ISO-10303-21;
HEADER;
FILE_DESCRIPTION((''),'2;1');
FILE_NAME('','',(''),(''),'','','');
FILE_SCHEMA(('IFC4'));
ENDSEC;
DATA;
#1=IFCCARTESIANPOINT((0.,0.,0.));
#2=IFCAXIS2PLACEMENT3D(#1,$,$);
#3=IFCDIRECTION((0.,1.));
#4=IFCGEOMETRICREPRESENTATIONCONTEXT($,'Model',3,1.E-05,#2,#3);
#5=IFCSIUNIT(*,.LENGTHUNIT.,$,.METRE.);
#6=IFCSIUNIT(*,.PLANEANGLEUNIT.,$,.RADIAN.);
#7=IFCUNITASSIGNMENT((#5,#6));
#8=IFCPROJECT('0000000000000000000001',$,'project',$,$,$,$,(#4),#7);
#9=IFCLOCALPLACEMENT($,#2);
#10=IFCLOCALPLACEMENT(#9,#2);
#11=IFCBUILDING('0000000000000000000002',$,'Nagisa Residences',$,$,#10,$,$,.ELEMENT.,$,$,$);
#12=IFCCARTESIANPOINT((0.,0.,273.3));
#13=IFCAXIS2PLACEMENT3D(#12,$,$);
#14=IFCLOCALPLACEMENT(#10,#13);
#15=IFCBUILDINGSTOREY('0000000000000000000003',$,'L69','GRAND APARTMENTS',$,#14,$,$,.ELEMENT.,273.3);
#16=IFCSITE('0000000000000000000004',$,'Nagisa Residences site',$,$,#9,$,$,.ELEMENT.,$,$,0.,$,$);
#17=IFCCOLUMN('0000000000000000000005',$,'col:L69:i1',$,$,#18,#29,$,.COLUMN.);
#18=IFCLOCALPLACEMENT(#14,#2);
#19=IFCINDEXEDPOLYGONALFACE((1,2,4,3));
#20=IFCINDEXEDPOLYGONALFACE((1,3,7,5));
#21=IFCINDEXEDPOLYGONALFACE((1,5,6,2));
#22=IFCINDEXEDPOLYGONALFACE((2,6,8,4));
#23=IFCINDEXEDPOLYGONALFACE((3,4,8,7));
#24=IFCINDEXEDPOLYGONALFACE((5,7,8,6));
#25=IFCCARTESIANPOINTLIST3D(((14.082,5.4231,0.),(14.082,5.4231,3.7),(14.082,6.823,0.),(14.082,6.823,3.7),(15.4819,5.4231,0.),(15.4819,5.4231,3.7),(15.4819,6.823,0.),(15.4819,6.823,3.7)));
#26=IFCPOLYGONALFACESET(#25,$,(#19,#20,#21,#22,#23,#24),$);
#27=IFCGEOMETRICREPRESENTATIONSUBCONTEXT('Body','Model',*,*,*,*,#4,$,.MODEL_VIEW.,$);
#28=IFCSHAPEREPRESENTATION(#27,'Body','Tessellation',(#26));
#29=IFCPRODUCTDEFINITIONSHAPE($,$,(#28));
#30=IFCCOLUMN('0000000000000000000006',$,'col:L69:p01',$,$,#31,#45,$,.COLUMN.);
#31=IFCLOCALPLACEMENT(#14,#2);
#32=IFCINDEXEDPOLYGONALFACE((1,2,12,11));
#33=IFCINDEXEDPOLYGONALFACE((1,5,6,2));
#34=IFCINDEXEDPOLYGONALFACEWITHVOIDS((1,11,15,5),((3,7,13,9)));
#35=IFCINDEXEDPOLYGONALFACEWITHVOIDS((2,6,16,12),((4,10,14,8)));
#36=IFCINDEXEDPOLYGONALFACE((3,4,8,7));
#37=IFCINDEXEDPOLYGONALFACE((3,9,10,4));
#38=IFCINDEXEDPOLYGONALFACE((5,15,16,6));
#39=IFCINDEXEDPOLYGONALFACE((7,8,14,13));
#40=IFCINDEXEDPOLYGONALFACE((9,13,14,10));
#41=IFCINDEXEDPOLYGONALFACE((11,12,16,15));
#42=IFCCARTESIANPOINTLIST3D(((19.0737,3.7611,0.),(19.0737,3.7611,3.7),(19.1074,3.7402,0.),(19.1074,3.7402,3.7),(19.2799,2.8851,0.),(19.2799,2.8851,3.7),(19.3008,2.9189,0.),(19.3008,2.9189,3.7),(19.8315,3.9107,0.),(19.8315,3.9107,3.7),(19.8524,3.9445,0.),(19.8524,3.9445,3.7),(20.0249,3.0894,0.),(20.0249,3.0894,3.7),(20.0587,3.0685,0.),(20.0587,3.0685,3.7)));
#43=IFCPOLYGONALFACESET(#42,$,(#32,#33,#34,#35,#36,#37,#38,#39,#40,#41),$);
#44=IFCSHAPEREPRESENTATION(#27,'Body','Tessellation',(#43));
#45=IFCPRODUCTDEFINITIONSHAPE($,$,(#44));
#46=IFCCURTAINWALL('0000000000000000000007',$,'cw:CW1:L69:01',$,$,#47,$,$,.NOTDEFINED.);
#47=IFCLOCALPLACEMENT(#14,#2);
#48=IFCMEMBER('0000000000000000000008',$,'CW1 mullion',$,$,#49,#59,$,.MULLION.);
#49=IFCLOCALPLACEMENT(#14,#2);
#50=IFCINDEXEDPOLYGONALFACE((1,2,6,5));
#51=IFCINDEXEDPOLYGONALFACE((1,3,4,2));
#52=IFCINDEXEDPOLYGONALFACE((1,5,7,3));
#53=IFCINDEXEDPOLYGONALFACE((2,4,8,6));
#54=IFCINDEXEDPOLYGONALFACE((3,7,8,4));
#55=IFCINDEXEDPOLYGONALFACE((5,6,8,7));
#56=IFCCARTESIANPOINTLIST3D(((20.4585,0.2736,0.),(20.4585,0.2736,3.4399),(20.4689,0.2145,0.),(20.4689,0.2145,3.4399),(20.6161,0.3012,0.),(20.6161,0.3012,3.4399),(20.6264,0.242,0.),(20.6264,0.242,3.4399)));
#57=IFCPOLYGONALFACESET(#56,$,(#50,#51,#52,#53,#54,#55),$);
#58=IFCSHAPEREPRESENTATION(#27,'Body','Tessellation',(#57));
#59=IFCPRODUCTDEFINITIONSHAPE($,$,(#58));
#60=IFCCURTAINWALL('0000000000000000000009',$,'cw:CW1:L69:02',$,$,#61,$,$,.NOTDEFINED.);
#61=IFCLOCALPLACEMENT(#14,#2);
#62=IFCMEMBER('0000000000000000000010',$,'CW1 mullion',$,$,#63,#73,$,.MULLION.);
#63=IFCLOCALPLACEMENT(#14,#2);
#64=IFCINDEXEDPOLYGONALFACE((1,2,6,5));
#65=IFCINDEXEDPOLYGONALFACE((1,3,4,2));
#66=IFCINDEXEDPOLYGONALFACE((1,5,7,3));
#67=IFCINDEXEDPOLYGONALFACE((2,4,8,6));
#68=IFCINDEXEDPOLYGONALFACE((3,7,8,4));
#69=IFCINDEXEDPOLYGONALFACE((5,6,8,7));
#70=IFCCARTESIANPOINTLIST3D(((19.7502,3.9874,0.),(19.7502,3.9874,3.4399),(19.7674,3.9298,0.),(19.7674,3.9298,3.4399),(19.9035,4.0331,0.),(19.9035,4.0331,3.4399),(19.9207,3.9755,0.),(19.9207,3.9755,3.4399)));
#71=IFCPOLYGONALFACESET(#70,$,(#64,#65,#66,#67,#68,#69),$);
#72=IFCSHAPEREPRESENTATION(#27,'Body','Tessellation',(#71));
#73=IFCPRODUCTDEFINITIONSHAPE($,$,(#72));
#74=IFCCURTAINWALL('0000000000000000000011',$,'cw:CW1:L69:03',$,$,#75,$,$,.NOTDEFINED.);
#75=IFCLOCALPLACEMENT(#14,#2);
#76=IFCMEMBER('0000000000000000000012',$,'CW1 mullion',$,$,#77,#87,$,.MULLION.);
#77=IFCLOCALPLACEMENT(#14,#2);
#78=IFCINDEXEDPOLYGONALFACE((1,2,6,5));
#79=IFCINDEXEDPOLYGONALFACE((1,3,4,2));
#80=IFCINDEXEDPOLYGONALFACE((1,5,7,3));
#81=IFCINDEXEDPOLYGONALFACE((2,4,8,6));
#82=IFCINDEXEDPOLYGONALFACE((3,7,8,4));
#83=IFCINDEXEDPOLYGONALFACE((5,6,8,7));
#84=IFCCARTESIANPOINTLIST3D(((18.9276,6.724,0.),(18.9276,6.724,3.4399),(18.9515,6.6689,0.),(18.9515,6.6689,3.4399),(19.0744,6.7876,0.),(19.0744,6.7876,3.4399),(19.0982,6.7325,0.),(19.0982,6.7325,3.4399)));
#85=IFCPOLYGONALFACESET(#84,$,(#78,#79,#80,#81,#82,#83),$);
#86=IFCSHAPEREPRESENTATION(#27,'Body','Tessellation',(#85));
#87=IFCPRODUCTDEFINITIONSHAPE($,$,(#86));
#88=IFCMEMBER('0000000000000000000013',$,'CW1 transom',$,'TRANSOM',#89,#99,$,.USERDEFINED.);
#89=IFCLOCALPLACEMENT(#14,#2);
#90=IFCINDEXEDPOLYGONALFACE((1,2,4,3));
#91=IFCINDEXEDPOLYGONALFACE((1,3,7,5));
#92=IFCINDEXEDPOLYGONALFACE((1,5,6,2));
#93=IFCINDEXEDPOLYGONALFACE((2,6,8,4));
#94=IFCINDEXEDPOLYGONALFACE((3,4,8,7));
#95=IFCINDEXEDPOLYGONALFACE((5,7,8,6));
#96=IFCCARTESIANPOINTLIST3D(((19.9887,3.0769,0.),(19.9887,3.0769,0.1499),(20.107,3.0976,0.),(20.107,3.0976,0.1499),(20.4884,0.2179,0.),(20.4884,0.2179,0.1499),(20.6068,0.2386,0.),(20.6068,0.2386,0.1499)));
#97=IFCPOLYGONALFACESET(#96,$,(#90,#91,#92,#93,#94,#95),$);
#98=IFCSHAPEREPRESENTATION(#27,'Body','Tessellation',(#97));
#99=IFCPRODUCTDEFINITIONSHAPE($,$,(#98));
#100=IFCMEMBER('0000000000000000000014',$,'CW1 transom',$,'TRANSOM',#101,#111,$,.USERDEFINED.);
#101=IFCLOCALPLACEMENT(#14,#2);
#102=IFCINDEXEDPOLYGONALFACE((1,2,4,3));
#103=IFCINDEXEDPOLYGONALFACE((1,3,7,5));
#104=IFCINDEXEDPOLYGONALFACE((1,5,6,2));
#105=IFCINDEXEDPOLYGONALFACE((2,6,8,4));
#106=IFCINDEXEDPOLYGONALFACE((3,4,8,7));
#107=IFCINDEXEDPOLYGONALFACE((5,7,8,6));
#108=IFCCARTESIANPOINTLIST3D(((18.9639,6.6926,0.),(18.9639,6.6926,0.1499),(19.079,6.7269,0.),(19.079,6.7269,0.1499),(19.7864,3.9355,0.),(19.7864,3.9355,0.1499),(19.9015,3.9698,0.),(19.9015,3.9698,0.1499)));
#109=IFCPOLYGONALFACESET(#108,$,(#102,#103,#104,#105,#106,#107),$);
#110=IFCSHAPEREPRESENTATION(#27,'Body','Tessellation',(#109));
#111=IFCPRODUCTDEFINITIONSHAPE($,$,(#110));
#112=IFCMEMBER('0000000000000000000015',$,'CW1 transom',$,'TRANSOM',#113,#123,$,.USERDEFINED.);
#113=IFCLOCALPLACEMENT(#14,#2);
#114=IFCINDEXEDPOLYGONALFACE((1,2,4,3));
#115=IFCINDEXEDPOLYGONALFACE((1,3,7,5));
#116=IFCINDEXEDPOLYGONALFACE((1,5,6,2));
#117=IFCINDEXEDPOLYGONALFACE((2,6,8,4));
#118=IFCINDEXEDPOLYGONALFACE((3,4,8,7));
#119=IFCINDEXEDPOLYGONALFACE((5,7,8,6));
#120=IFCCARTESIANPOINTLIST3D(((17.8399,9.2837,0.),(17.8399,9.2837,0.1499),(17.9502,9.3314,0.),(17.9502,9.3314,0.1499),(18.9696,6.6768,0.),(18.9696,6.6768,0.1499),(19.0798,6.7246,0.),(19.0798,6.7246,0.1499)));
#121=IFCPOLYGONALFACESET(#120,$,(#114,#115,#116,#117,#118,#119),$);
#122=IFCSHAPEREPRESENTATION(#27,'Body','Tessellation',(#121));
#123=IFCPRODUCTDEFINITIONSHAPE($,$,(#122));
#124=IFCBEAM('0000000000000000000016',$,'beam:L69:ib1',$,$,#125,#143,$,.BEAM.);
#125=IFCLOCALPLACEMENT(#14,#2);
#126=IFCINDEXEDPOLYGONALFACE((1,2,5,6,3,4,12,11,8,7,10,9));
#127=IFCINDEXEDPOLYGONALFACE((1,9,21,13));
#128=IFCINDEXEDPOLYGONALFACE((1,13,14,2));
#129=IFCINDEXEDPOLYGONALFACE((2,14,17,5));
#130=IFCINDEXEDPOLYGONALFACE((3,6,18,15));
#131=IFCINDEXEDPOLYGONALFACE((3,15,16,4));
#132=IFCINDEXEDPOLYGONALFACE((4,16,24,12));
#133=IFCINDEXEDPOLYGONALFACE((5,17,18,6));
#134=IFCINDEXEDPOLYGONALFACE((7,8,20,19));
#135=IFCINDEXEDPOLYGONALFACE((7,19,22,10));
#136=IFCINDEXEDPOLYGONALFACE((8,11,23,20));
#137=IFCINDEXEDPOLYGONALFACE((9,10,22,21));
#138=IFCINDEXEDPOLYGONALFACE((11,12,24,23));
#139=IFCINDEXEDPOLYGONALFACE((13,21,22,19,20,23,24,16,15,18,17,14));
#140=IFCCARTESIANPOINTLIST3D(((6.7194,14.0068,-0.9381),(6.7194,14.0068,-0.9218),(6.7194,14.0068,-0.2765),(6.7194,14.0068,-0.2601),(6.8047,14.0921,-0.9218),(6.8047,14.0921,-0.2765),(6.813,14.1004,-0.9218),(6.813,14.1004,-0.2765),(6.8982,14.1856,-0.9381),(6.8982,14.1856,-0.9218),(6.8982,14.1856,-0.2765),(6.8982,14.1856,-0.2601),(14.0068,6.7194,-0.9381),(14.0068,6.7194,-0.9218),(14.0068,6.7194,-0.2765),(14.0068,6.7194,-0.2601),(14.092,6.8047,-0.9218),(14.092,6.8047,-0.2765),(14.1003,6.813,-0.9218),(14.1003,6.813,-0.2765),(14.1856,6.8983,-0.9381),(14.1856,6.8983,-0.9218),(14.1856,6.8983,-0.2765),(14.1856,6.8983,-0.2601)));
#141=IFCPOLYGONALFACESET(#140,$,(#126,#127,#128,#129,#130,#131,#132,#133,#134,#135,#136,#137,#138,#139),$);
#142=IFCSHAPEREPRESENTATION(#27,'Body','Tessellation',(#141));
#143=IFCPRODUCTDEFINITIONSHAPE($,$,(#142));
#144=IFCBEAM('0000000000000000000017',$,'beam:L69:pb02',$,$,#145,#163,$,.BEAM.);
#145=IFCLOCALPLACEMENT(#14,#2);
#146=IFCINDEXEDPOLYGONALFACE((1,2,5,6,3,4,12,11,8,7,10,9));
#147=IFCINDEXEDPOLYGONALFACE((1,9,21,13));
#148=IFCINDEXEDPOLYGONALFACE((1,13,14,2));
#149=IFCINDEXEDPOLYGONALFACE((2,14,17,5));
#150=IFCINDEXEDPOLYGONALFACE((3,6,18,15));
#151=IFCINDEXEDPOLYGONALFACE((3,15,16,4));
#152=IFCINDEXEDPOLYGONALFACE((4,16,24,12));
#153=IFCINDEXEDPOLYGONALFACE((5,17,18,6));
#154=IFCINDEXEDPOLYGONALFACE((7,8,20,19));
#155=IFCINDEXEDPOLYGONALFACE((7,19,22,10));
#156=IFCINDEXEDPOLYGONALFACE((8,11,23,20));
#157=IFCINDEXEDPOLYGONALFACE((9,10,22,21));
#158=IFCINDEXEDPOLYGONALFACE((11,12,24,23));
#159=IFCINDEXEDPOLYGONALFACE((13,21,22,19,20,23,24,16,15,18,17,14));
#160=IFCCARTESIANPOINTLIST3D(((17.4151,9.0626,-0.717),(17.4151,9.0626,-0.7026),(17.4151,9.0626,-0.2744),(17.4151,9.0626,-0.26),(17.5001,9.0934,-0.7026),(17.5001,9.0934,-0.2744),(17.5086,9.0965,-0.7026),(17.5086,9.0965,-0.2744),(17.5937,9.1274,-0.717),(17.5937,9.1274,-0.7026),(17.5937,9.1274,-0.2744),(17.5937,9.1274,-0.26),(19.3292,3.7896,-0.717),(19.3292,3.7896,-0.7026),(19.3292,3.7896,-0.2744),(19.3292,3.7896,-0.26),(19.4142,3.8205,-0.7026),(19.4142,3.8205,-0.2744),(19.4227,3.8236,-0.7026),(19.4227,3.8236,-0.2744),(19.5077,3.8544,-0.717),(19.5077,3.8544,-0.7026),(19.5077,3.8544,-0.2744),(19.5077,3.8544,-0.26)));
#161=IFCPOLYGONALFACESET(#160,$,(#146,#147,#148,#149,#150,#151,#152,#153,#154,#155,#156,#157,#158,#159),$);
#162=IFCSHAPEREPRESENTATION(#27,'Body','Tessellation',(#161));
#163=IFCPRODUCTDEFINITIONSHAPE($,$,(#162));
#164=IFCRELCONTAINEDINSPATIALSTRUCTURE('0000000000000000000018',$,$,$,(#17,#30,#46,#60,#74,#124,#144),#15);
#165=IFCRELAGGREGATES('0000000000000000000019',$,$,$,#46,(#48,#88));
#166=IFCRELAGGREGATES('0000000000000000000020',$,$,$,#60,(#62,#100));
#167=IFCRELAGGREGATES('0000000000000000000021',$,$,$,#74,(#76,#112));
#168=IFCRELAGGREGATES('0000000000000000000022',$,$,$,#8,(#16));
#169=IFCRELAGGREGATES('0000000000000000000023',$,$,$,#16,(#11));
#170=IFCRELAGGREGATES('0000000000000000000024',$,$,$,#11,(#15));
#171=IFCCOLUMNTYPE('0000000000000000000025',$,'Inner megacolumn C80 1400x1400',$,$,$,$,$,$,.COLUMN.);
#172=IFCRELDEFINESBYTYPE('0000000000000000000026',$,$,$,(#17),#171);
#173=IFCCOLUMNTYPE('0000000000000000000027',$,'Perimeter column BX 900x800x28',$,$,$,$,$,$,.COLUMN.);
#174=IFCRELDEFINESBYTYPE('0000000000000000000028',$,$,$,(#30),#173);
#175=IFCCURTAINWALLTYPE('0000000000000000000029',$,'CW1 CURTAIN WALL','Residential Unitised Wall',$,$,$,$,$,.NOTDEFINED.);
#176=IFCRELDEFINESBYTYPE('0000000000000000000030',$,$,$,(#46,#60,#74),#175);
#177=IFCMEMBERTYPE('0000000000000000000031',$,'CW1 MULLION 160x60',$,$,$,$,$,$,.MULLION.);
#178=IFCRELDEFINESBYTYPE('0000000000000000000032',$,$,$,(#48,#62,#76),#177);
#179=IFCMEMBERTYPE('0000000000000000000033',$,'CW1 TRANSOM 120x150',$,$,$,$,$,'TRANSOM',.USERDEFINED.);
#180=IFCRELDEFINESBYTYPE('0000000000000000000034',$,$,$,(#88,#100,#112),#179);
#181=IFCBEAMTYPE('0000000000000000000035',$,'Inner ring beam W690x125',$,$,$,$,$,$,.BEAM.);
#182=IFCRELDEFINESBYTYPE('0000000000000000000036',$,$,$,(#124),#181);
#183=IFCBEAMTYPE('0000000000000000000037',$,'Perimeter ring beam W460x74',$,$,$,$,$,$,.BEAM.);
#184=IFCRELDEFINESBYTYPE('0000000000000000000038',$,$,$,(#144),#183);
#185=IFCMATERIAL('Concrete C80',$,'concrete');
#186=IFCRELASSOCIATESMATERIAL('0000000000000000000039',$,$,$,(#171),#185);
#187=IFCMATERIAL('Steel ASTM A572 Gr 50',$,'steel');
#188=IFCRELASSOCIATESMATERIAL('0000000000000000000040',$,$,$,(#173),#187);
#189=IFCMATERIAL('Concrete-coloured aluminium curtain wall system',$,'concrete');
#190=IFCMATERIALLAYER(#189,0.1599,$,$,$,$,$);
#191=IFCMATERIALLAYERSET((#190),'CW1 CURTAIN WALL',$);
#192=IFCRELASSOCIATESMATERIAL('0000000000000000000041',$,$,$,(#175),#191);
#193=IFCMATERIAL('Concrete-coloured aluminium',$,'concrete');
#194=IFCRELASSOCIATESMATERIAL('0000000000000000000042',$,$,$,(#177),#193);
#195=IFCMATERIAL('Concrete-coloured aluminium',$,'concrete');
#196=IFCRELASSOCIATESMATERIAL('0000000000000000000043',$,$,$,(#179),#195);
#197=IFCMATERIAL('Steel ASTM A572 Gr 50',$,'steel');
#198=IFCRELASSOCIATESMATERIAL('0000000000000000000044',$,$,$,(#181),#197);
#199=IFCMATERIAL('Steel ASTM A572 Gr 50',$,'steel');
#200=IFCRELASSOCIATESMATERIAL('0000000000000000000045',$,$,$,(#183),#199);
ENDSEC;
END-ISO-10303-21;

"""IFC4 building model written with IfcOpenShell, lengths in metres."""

from ifc_helpers import new_model, si_unit, direction, frame, origin, origin_2d, place, context, subcontext, project, spatial, rectangle, hollow_rectangle, i_section, extrude, material, layer, layer_set, material_profile, profile_set, type_object, element, aggregate, save


model = new_model("IFC4")

# Units and contexts
model_context = context("Model", 3, precision=1e-05, world=origin(), true_north=direction((0.0, 1.0)))
body_context = subcontext(model_context, "Body", "Model", "MODEL_VIEW")
ifc_project = project(units=[si_unit("LENGTHUNIT", "METRE"), si_unit("PLANEANGLEUNIT", "RADIAN")], contexts=[model_context])

# Site, building, storey
site_placement = place(None, origin())
site = spatial("IfcSite", under=ifc_project, at=site_placement, Name="Nagisa Residences site", CompositionType="ELEMENT", RefElevation=0.0)
building_placement = place(site_placement, origin())
building = spatial("IfcBuilding", under=site, at=building_placement, Name="Nagisa Residences", CompositionType="ELEMENT")
storey_placement = place(building_placement, frame((0.0, 0.0, 273.3)))
storey = spatial("IfcBuildingStorey", under=building, at=storey_placement, Name="L69", Description="GRAND APARTMENTS", CompositionType="ELEMENT", Elevation=273.3)

# Columns
ifc_material_1 = material(Name="Concrete C80", Category="concrete")
ifc_material_profile_1 = material_profile(ifc_material_1, rectangle(XDim=1.3999, YDim=1.3999, at=origin_2d()), Name="C80 1400x1400")
ifc_profile_set_1 = profile_set([ifc_material_profile_1], Name="Concrete C80")
column_type_1 = type_object("IfcColumnType", Name="Inner megacolumn C80 1400x1400", PredefinedType="COLUMN", material=ifc_profile_set_1)
column_1_placement = place(storey_placement, frame((14.782, 6.123, 0.0), z_axis=(0.0, 0.0, 1.0), x_axis=(1.0, 0.0, 0.0)))
element("IfcColumn", 1, at=column_1_placement, inside=storey, type_object=column_type_1, Name="col:L69:i1", PredefinedType="COLUMN", context=body_context, shape_type="SweptSolid", body=[
    extrude(rectangle(XDim=1.3999, YDim=1.3999, at=origin_2d()), origin(), (0.0, 0.0, 1.0), 3.7),
])
ifc_material_2 = material(Name="Steel ASTM A572 Gr 50", Category="steel")
ifc_material_profile_2 = material_profile(ifc_material_2, hollow_rectangle(XDim=0.8999, YDim=0.8, WallThickness=0.0281, at=origin_2d()), Name="BX 900x800x28")
ifc_profile_set_2 = profile_set([ifc_material_profile_2], Name="Steel ASTM A572 Gr 50")
column_type_2 = type_object("IfcColumnType", Name="Perimeter column BX 900x800x28", PredefinedType="COLUMN", material=ifc_profile_set_2)
column_2_placement = place(storey_placement, frame((19.5662, 3.4148, 0.0), z_axis=(0.0, 0.0, 1.0), x_axis=(-0.229202, 0.973379, 0.0)))
element("IfcColumn", 2, at=column_2_placement, inside=storey, type_object=column_type_2, Name="col:L69:p01", PredefinedType="COLUMN", context=body_context, shape_type="SweptSolid", body=[
    extrude(hollow_rectangle(XDim=0.8999, YDim=0.8, WallThickness=0.0281, at=origin_2d()), origin(), (0.0, 0.0, 1.0), 3.7),
])

# Curtain walls, members
ifc_material_3 = material(Name="Concrete-coloured aluminium curtain wall system", Category="concrete")
ifc_layer_1 = layer(ifc_material_3, 0.1599)
ifc_layer_set_1 = layer_set([ifc_layer_1], Name="CW1 CURTAIN WALL")
curtain_wall_type = type_object("IfcCurtainWallType", Name="CW1 CURTAIN WALL", Description="Residential Unitised Wall", PredefinedType="NOTDEFINED", material=ifc_layer_set_1)
curtain_wall_1_placement = place(storey_placement, origin())
curtain_wall_1 = element("IfcCurtainWall", 3, at=curtain_wall_1_placement, inside=storey, type_object=curtain_wall_type, Name="cw:CW1:L69:01", PredefinedType="NOTDEFINED")
ifc_material_4 = material(Name="Concrete-coloured aluminium", Category="concrete")
ifc_material_profile_3 = material_profile(ifc_material_4, rectangle(XDim=0.1599, YDim=0.0601, at=origin_2d()), Name="CW1 MULLION 160x60")
ifc_profile_set_3 = profile_set([ifc_material_profile_3], Name="Concrete-coloured aluminium")
member_type_1 = type_object("IfcMemberType", Name="CW1 MULLION 160x60", PredefinedType="MULLION", material=ifc_profile_set_3)
member_1_placement = place(storey_placement, frame((20.5425, 0.2578, 0.0), z_axis=(0.0, 0.0, 1.0), x_axis=(-0.985064, -0.172191, 0.0)))
member_1 = element("IfcMember", 4, at=member_1_placement, type_object=member_type_1, Name="CW1 mullion", PredefinedType="MULLION", context=body_context, shape_type="SweptSolid", body=[
    extrude(rectangle(XDim=0.1599, YDim=0.0601, at=origin_2d()), origin(), (0.0, 0.0, 1.0), 3.4399),
])
curtain_wall_2_placement = place(storey_placement, origin())
curtain_wall_2 = element("IfcCurtainWall", 5, at=curtain_wall_2_placement, inside=storey, type_object=curtain_wall_type, Name="cw:CW1:L69:02", PredefinedType="NOTDEFINED")
member_2_placement = place(storey_placement, frame((19.8354, 3.9814, 0.0), z_axis=(0.0, 0.0, 1.0), x_axis=(-0.958271, -0.28586, 0.0)))
member_2 = element("IfcMember", 6, at=member_2_placement, type_object=member_type_1, Name="CW1 mullion", PredefinedType="MULLION", context=body_context, shape_type="SweptSolid", body=[
    extrude(rectangle(XDim=0.1599, YDim=0.0601, at=origin_2d()), origin(), (0.0, 0.0, 1.0), 3.4399),
])
curtain_wall_3_placement = place(storey_placement, origin())
curtain_wall_3 = element("IfcCurtainWall", 7, at=curtain_wall_3_placement, inside=storey, type_object=curtain_wall_type, Name="cw:CW1:L69:03", PredefinedType="NOTDEFINED")
member_3_placement = place(storey_placement, frame((19.0129, 6.7283, 0.0), z_axis=(0.0, 0.0, 1.0), x_axis=(-0.917543, -0.397636, 0.0)))
member_3 = element("IfcMember", 8, at=member_3_placement, type_object=member_type_1, Name="CW1 mullion", PredefinedType="MULLION", context=body_context, shape_type="SweptSolid", body=[
    extrude(rectangle(XDim=0.1599, YDim=0.0601, at=origin_2d()), origin(), (0.0, 0.0, 1.0), 3.4399),
])

# Members
ifc_material_5 = material(Name="Concrete-coloured aluminium", Category="concrete")
ifc_material_profile_4 = material_profile(ifc_material_5, rectangle(XDim=0.1201, YDim=0.1499, at=origin_2d()), Name="CW1 TRANSOM 120x150")
ifc_profile_set_4 = profile_set([ifc_material_profile_4], Name="Concrete-coloured aluminium")
member_type_2 = type_object("IfcMemberType", Name="CW1 TRANSOM 120x150", ElementType="TRANSOM", PredefinedType="USERDEFINED", material=ifc_profile_set_4)
member_4_placement = place(storey_placement, frame((20.5476, 0.2283, 0.075), z_axis=(-0.172197, 0.985063, 0.0), x_axis=(-0.985063, -0.172197, 0.0)))
member_4 = element("IfcMember", 9, at=member_4_placement, type_object=member_type_2, Name="CW1 transom", ObjectType="TRANSOM", PredefinedType="USERDEFINED", context=body_context, shape_type="SweptSolid", body=[
    extrude(rectangle(XDim=0.1201, YDim=0.1499, at=origin_2d()), origin(), (0.0, 0.0, 1.0), 2.9023),
])
member_5_placement = place(storey_placement, frame((19.844, 3.9526, 0.075), z_axis=(-0.285876, 0.958267, 0.0), x_axis=(-0.958267, -0.285876, 0.0)))
member_5 = element("IfcMember", 10, at=member_5_placement, type_object=member_type_2, Name="CW1 transom", ObjectType="TRANSOM", PredefinedType="USERDEFINED", context=body_context, shape_type="SweptSolid", body=[
    extrude(rectangle(XDim=0.1201, YDim=0.1499, at=origin_2d()), origin(), (0.0, 0.0, 1.0), 2.8772),
])
member_6_placement = place(storey_placement, frame((19.0247, 6.7007, 0.075), z_axis=(-0.397598, 0.91756, 0.0), x_axis=(-0.91756, -0.397598, 0.0)))
member_6 = element("IfcMember", 11, at=member_6_placement, type_object=member_type_2, Name="CW1 transom", ObjectType="TRANSOM", PredefinedType="USERDEFINED", context=body_context, shape_type="SweptSolid", body=[
    extrude(rectangle(XDim=0.1201, YDim=0.1499, at=origin_2d()), origin(), (0.0, 0.0, 1.0), 2.8411),
])

# Beams
ifc_material_6 = material(Name="Steel ASTM A572 Gr 50", Category="steel")
ifc_material_profile_5 = material_profile(ifc_material_6, i_section(OverallWidth=0.2529, OverallDepth=0.678, WebThickness=0.0117, FlangeThickness=0.0164, at=origin_2d()), Name="W690x125")
ifc_profile_set_5 = profile_set([ifc_material_profile_5], Name="Steel ASTM A572 Gr 50")
beam_type_1 = type_object("IfcBeamType", Name="Inner ring beam W690x125", PredefinedType="BEAM", material=ifc_profile_set_5)
beam_1_placement = place(storey_placement, frame((14.0962, 6.8088, -0.5991), z_axis=(-0.707107, 0.707107, 0.0), x_axis=(-0.707107, -0.707107, 0.0)))
element("IfcBeam", 12, at=beam_1_placement, inside=storey, type_object=beam_type_1, Name="beam:L69:ib1", PredefinedType="BEAM", context=body_context, shape_type="SweptSolid", body=[
    extrude(i_section(OverallWidth=0.2529, OverallDepth=0.678, WebThickness=0.0117, FlangeThickness=0.0164, at=origin_2d()), origin(), (0.0, 0.0, 1.0), 10.3059),
])
ifc_material_7 = material(Name="Steel ASTM A572 Gr 50", Category="steel")
ifc_material_profile_6 = material_profile(ifc_material_7, i_section(OverallWidth=0.1899, OverallDepth=0.457, WebThickness=0.009, FlangeThickness=0.0144, at=origin_2d()), Name="W460x74")
ifc_profile_set_6 = profile_set([ifc_material_profile_6], Name="Steel ASTM A572 Gr 50")
beam_type_2 = type_object("IfcBeamType", Name="Perimeter ring beam W460x74", PredefinedType="BEAM", material=ifc_profile_set_6)
beam_2_placement = place(storey_placement, frame((19.4185, 3.822, -0.4885), z_axis=(-0.341212, 0.939986, 0.0), x_axis=(-0.939986, -0.341212, 0.0)))
element("IfcBeam", 13, at=beam_2_placement, inside=storey, type_object=beam_type_2, Name="beam:L69:pb02", PredefinedType="BEAM", context=body_context, shape_type="SweptSolid", body=[
    extrude(i_section(OverallWidth=0.1899, OverallDepth=0.457, WebThickness=0.009, FlangeThickness=0.0144, at=origin_2d()), origin(), (0.0, 0.0, 1.0), 5.6096),
])

aggregate(curtain_wall_1, [member_1, member_4])
aggregate(curtain_wall_2, [member_2, member_5])
aggregate(curtain_wall_3, [member_3, member_6])

save(model, "model.ifc")
